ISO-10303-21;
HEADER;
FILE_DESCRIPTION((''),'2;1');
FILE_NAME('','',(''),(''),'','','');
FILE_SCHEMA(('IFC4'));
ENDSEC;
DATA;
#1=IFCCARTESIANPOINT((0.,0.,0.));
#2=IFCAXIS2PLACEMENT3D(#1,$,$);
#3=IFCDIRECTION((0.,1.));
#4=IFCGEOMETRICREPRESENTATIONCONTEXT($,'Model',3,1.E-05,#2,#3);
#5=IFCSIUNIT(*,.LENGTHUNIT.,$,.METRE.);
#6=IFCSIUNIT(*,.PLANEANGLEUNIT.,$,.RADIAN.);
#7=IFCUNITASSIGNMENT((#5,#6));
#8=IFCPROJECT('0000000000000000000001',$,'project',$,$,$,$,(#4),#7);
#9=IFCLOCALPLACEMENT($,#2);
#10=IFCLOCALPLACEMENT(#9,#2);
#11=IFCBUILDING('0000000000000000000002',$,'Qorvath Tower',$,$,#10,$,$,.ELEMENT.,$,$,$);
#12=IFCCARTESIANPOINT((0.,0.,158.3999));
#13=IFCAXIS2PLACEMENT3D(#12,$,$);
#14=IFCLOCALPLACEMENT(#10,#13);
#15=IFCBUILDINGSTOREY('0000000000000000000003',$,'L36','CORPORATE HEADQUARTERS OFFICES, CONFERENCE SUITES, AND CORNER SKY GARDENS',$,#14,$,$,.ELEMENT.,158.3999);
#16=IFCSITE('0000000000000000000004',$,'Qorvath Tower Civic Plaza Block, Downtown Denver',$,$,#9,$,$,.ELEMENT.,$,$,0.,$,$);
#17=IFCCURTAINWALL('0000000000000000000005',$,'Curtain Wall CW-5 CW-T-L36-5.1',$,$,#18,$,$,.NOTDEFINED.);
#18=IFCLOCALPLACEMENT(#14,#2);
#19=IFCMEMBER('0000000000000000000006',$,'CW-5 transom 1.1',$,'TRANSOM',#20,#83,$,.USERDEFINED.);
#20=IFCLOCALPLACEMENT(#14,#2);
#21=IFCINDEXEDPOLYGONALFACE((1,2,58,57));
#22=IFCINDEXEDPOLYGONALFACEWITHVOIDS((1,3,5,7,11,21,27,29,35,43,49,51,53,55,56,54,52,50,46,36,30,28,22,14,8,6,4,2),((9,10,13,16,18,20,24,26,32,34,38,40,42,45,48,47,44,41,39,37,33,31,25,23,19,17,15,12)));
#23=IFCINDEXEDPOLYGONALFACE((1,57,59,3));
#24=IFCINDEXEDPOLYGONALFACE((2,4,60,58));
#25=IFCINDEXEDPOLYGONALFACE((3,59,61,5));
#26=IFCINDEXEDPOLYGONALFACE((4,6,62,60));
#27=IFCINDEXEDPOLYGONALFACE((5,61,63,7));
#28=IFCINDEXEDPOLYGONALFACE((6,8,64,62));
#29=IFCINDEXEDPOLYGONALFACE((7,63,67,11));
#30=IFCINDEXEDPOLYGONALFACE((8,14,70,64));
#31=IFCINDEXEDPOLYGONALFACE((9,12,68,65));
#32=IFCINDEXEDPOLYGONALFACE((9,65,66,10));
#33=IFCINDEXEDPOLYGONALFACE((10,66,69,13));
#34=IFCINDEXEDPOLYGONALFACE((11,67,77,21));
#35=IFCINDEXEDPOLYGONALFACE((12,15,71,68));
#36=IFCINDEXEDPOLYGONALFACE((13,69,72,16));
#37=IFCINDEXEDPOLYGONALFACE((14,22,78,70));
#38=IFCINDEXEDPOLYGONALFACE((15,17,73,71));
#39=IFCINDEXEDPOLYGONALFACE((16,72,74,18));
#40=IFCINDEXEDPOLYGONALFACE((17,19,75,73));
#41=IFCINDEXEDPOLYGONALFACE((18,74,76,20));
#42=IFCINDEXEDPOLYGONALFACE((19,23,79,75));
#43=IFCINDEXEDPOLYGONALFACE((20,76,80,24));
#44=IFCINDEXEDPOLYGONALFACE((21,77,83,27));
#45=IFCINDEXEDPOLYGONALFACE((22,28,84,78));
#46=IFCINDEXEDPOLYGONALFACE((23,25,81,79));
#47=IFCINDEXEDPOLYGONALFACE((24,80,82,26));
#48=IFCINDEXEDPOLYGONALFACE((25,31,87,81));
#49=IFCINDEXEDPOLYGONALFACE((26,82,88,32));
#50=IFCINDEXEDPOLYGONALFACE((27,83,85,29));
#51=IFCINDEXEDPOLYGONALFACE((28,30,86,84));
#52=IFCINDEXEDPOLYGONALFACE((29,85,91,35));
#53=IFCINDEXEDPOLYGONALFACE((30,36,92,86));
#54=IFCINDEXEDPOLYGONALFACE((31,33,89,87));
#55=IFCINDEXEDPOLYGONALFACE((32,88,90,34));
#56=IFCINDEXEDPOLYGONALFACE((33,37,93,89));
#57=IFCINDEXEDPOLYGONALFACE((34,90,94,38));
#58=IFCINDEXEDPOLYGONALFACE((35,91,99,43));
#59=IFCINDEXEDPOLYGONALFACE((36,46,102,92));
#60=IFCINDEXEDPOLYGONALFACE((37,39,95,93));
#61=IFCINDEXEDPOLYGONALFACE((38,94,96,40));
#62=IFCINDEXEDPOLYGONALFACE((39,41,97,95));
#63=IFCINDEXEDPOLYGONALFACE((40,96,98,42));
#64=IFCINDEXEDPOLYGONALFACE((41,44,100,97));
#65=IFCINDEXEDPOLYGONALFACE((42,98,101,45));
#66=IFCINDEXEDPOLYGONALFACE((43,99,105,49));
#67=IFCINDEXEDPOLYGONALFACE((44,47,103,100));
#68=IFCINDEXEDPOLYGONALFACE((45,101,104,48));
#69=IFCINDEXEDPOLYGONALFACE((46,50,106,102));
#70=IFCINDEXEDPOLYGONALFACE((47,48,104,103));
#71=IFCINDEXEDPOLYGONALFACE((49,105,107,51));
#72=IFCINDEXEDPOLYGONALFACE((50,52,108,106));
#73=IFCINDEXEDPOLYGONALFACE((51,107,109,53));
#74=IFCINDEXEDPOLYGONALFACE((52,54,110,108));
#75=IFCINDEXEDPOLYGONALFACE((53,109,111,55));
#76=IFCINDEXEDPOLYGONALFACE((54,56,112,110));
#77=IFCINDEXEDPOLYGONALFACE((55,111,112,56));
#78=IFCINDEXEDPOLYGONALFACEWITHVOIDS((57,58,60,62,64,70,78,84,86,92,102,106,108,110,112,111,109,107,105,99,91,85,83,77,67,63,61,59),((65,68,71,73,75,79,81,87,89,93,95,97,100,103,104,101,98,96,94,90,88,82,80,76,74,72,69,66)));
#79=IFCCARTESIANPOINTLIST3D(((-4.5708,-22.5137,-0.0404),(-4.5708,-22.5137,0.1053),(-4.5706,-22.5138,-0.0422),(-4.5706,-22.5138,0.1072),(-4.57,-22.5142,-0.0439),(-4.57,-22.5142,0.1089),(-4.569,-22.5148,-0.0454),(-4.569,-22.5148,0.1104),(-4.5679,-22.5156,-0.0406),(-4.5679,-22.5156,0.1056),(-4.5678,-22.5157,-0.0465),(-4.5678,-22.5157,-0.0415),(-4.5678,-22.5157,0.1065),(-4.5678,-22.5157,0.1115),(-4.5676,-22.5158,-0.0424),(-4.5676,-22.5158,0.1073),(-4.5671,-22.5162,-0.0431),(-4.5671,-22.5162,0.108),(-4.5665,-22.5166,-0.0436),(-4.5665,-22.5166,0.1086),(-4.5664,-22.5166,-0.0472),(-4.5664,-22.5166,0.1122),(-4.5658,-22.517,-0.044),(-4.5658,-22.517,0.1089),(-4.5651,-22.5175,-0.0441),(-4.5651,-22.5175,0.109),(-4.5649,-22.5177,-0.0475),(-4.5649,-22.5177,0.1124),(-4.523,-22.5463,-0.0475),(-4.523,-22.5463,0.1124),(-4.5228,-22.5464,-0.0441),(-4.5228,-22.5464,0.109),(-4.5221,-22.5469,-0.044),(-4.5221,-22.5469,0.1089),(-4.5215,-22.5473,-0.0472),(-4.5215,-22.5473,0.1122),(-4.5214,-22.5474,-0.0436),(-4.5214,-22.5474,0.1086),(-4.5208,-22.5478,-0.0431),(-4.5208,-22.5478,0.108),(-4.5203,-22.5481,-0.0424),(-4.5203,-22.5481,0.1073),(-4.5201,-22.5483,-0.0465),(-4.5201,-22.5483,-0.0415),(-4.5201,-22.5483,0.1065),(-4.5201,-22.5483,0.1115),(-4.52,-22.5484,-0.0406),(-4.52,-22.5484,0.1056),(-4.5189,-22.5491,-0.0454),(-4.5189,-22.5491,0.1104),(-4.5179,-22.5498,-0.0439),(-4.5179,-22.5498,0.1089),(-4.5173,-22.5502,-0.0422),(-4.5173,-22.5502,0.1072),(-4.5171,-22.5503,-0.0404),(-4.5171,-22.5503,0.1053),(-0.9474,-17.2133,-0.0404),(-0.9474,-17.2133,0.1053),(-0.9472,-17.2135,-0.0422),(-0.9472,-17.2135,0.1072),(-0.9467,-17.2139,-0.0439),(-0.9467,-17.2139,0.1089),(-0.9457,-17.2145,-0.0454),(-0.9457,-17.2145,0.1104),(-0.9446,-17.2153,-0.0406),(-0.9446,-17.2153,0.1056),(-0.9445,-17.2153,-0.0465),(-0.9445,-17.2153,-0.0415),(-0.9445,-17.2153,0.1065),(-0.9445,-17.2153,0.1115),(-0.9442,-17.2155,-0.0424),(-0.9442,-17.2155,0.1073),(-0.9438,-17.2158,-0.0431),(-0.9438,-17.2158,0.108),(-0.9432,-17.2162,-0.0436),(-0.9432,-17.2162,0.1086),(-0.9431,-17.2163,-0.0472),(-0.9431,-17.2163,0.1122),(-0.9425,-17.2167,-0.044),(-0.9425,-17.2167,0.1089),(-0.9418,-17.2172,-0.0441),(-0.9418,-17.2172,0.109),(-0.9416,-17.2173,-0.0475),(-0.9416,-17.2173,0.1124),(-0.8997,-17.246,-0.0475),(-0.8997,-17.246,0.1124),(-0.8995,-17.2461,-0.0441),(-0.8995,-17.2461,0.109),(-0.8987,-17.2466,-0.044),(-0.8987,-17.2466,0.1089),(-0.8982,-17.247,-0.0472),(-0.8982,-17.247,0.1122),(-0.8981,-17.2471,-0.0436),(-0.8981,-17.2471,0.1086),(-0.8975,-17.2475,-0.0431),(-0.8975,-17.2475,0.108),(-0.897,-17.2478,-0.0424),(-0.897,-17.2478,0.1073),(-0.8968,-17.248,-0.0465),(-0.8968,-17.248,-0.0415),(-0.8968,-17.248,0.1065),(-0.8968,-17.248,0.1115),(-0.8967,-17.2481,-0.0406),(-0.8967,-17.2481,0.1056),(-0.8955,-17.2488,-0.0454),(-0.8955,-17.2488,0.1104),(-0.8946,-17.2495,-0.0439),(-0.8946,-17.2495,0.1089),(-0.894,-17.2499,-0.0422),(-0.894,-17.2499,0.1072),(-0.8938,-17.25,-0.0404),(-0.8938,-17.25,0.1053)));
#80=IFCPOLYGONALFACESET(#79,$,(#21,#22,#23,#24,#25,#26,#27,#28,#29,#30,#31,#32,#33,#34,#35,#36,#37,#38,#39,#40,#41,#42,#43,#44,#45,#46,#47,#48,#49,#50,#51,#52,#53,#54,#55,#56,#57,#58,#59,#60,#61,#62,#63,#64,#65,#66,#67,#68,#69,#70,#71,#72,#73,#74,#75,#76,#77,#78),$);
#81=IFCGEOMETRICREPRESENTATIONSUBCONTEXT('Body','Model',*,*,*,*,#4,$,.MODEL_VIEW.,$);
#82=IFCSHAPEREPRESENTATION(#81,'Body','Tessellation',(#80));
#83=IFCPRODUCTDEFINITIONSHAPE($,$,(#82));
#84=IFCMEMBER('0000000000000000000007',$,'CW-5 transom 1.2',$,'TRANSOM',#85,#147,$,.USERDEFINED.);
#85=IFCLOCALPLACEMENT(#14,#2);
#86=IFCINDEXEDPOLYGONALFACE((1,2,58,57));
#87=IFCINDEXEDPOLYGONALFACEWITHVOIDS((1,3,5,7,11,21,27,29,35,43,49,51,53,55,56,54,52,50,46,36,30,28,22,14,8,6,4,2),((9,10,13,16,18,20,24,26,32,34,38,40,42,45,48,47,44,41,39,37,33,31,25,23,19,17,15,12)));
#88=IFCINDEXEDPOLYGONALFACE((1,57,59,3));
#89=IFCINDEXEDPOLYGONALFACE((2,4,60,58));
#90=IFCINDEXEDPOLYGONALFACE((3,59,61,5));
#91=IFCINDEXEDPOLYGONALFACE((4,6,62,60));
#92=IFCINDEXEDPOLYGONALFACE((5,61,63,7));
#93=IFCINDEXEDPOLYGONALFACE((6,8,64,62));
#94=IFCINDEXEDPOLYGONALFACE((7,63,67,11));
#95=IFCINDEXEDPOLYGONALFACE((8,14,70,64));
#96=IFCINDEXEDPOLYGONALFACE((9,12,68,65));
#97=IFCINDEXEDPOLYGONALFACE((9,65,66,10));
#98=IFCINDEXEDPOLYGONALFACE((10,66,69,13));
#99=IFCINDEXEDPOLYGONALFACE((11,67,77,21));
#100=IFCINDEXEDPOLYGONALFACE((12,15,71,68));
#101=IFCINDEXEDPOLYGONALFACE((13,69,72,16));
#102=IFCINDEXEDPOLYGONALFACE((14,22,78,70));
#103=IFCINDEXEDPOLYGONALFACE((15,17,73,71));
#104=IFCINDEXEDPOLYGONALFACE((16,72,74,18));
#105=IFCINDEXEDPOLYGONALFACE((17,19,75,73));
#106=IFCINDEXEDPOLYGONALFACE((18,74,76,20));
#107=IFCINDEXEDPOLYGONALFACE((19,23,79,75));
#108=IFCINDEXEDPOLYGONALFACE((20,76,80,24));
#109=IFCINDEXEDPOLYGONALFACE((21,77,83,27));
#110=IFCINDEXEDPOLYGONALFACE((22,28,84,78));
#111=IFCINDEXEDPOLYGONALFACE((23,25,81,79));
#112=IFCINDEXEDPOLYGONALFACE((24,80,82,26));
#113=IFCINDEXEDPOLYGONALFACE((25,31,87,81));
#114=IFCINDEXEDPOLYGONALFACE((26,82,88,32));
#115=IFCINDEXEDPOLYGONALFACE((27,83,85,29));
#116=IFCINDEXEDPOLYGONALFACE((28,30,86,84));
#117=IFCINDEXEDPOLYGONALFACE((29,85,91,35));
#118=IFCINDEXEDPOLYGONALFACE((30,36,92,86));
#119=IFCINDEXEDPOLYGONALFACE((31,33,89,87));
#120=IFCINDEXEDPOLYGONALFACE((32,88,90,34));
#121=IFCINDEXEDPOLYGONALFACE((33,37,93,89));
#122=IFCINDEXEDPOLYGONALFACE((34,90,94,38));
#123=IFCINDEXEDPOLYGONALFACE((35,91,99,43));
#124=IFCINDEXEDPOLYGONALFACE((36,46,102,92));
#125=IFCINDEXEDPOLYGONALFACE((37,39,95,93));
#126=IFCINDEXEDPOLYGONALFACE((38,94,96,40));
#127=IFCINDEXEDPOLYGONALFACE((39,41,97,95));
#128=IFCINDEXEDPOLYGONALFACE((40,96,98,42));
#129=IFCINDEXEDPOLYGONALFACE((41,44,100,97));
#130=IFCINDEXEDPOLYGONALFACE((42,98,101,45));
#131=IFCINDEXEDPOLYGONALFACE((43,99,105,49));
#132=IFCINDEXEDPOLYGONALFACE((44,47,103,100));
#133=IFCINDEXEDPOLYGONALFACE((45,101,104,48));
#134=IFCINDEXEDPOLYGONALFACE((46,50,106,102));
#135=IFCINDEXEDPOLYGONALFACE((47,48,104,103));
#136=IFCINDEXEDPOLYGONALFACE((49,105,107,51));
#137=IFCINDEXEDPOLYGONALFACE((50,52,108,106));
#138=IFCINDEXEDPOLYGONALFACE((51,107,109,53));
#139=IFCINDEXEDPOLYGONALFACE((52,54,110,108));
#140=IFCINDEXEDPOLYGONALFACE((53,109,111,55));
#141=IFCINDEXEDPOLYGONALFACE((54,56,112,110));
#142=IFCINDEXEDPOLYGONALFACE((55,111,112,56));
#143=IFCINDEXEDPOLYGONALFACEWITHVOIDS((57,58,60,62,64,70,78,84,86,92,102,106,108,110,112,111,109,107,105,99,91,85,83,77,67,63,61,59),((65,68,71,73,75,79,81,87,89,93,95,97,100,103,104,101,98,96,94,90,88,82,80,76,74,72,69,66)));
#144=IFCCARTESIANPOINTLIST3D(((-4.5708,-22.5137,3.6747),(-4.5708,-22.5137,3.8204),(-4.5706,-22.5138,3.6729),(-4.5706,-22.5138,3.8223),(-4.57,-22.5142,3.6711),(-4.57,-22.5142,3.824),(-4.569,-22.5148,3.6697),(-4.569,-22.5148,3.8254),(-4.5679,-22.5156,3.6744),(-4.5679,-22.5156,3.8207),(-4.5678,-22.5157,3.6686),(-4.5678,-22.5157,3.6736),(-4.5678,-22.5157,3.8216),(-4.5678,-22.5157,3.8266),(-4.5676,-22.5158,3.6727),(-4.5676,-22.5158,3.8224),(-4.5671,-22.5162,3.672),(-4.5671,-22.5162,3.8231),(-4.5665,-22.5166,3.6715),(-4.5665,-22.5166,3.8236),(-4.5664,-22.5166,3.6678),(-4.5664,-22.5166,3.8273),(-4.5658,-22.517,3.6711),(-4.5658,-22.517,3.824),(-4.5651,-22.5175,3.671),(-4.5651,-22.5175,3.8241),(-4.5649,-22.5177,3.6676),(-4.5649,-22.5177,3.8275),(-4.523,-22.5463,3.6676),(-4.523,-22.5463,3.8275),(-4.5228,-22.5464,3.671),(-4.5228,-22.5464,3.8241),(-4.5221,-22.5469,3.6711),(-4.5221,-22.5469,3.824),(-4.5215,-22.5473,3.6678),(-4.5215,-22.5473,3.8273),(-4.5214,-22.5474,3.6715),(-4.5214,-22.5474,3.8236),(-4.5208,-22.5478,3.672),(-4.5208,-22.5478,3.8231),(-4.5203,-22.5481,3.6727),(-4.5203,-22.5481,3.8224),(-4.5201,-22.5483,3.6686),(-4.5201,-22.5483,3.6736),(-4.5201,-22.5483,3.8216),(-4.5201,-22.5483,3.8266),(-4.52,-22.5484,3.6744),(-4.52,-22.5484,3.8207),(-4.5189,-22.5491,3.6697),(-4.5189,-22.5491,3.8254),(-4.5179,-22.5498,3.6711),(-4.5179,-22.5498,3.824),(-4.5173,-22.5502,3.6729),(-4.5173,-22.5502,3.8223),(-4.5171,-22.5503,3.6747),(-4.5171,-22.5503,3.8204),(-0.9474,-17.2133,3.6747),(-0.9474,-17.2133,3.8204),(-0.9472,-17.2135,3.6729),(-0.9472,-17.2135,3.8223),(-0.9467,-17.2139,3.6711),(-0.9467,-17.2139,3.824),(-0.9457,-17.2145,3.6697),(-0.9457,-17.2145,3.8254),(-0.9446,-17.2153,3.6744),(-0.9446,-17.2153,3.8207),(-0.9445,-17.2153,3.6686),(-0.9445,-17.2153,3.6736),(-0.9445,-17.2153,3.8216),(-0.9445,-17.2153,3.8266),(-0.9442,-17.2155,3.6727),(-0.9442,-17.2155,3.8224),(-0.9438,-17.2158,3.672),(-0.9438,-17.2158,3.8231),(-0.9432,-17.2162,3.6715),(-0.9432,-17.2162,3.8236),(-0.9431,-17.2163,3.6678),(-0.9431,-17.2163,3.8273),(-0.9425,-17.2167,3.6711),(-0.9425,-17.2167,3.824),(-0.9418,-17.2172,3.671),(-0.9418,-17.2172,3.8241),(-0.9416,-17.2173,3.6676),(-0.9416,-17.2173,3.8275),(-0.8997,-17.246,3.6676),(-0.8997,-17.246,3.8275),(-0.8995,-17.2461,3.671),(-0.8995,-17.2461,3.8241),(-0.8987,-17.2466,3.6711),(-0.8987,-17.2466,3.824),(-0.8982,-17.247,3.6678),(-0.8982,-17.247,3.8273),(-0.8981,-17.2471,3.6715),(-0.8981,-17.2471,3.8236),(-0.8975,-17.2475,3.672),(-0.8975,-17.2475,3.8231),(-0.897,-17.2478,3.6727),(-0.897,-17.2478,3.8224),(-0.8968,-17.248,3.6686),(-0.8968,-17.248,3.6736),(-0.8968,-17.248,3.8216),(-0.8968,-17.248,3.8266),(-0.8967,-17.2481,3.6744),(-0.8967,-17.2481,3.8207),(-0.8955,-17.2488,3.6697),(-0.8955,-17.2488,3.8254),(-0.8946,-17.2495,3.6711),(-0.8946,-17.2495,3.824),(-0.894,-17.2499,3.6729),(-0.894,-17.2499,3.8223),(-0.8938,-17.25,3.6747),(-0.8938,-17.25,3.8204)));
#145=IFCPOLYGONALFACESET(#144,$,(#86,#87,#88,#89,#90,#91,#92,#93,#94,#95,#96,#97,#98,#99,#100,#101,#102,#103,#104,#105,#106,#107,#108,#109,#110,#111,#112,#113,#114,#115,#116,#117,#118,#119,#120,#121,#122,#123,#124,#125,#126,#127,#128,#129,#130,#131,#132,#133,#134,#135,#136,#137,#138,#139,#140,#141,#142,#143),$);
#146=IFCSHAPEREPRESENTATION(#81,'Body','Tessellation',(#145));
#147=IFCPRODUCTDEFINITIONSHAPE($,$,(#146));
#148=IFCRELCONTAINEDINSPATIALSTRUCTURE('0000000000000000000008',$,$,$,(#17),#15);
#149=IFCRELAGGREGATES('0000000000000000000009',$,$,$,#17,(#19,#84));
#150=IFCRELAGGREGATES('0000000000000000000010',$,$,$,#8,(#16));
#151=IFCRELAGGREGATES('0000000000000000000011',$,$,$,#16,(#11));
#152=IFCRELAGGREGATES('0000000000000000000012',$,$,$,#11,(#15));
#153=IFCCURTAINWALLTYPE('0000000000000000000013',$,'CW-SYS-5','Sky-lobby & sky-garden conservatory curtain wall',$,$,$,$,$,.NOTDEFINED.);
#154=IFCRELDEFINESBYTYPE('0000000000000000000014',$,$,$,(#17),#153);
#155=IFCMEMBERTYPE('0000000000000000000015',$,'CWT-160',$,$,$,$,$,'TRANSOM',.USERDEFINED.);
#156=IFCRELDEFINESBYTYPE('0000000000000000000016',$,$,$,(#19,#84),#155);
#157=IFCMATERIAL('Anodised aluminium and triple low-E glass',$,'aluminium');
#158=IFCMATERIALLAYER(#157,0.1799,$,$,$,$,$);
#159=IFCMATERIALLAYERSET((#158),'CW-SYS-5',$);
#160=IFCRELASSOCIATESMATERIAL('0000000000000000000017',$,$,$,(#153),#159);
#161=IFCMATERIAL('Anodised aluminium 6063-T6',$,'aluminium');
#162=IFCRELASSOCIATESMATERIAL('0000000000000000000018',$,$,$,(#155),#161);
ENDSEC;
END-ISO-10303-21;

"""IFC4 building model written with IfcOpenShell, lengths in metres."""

from ifc_helpers import new_model, si_unit, direction, frame, origin, origin_2d, place, context, subcontext, project, spatial, hollow_rectangle, extrude, material, layer, layer_set, material_profile, profile_set, type_object, element, aggregate, save


model = new_model("IFC4")

# Units and contexts
model_context = context("Model", 3, precision=1e-05, world=origin(), true_north=direction((0.0, 1.0)))
body_context = subcontext(model_context, "Body", "Model", "MODEL_VIEW")
ifc_project = project(units=[si_unit("LENGTHUNIT", "METRE"), si_unit("PLANEANGLEUNIT", "RADIAN")], contexts=[model_context])

# Site, building, storey
site_placement = place(None, origin())
site = spatial("IfcSite", under=ifc_project, at=site_placement, Name="Qorvath Tower Civic Plaza Block, Downtown Denver", CompositionType="ELEMENT", RefElevation=0.0)
building_placement = place(site_placement, origin())
building = spatial("IfcBuilding", under=site, at=building_placement, Name="Qorvath Tower", CompositionType="ELEMENT")
storey_placement = place(building_placement, frame((0.0, 0.0, 158.3999)))
storey = spatial("IfcBuildingStorey", under=building, at=storey_placement, Name="L36", Description="CORPORATE HEADQUARTERS OFFICES, CONFERENCE SUITES, AND CORNER SKY GARDENS", CompositionType="ELEMENT", Elevation=158.3999)

# Shared definitions
ifc_material_1 = material(Name="Anodised aluminium and triple low-E glass", Category="aluminium")
ifc_layer_1 = layer(ifc_material_1, 0.1799)
ifc_layer_set_1 = layer_set([ifc_layer_1], Name="CW-SYS-5")
curtain_wall_type = type_object("IfcCurtainWallType", Name="CW-SYS-5", Description="Sky-lobby & sky-garden conservatory curtain wall", PredefinedType="NOTDEFINED", material=ifc_layer_set_1)

# Curtain wall
curtain_wall_1_placement = place(storey_placement, origin())
curtain_wall_1 = element("IfcCurtainWall", 1, at=curtain_wall_1_placement, inside=storey, type_object=curtain_wall_type, Name="Curtain Wall CW-5 CW-T-L36-5.1", PredefinedType="NOTDEFINED")

# Members
ifc_material_2 = material(Name="Anodised aluminium 6063-T6", Category="aluminium")
ifc_material_profile_1 = material_profile(ifc_material_2, hollow_rectangle(XDim=0.0649, YDim=0.1599, WallThickness=0.0034, InnerFilletRadius=0.0034, OuterFilletRadius=0.0071, at=origin_2d()), Name="CWT 160x65")
ifc_profile_set_1 = profile_set([ifc_material_profile_1], Name="Anodised aluminium 6063-T6")
member_type_1 = type_object("IfcMemberType", Name="CWT-160", ElementType="TRANSOM", PredefinedType="USERDEFINED", material=ifc_profile_set_1)
member_1_placement = place(storey_placement, frame((-4.5439, -22.532, 0.0325), z_axis=(0.564342, 0.825541, 0.0), x_axis=(-0.825541, 0.564342, 0.0)))
member_1 = element("IfcMember", 2, at=member_1_placement, type_object=member_type_1, Name="CW-5 transom 1.1", ObjectType="TRANSOM", PredefinedType="USERDEFINED", context=body_context, shape_type="SweptSolid", body=[
    extrude(hollow_rectangle(XDim=0.0649, YDim=0.1599, WallThickness=0.0034, InnerFilletRadius=0.0034, OuterFilletRadius=0.0071, at=origin_2d()), origin(), (0.0, 0.0, 1.0), 6.4204),
])
member_2_placement = place(storey_placement, frame((-4.5439, -22.532, 3.7476), z_axis=(0.564342, 0.825541, 0.0), x_axis=(-0.825541, 0.564342, 0.0)))
member_2 = element("IfcMember", 3, at=member_2_placement, type_object=member_type_1, Name="CW-5 transom 1.2", ObjectType="TRANSOM", PredefinedType="USERDEFINED", context=body_context, shape_type="SweptSolid", body=[
    extrude(hollow_rectangle(XDim=0.0649, YDim=0.1599, WallThickness=0.0034, InnerFilletRadius=0.0034, OuterFilletRadius=0.0071, at=origin_2d()), origin(), (0.0, 0.0, 1.0), 6.4204),
])

aggregate(curtain_wall_1, [member_1, member_2])

save(model, "model.ifc")
